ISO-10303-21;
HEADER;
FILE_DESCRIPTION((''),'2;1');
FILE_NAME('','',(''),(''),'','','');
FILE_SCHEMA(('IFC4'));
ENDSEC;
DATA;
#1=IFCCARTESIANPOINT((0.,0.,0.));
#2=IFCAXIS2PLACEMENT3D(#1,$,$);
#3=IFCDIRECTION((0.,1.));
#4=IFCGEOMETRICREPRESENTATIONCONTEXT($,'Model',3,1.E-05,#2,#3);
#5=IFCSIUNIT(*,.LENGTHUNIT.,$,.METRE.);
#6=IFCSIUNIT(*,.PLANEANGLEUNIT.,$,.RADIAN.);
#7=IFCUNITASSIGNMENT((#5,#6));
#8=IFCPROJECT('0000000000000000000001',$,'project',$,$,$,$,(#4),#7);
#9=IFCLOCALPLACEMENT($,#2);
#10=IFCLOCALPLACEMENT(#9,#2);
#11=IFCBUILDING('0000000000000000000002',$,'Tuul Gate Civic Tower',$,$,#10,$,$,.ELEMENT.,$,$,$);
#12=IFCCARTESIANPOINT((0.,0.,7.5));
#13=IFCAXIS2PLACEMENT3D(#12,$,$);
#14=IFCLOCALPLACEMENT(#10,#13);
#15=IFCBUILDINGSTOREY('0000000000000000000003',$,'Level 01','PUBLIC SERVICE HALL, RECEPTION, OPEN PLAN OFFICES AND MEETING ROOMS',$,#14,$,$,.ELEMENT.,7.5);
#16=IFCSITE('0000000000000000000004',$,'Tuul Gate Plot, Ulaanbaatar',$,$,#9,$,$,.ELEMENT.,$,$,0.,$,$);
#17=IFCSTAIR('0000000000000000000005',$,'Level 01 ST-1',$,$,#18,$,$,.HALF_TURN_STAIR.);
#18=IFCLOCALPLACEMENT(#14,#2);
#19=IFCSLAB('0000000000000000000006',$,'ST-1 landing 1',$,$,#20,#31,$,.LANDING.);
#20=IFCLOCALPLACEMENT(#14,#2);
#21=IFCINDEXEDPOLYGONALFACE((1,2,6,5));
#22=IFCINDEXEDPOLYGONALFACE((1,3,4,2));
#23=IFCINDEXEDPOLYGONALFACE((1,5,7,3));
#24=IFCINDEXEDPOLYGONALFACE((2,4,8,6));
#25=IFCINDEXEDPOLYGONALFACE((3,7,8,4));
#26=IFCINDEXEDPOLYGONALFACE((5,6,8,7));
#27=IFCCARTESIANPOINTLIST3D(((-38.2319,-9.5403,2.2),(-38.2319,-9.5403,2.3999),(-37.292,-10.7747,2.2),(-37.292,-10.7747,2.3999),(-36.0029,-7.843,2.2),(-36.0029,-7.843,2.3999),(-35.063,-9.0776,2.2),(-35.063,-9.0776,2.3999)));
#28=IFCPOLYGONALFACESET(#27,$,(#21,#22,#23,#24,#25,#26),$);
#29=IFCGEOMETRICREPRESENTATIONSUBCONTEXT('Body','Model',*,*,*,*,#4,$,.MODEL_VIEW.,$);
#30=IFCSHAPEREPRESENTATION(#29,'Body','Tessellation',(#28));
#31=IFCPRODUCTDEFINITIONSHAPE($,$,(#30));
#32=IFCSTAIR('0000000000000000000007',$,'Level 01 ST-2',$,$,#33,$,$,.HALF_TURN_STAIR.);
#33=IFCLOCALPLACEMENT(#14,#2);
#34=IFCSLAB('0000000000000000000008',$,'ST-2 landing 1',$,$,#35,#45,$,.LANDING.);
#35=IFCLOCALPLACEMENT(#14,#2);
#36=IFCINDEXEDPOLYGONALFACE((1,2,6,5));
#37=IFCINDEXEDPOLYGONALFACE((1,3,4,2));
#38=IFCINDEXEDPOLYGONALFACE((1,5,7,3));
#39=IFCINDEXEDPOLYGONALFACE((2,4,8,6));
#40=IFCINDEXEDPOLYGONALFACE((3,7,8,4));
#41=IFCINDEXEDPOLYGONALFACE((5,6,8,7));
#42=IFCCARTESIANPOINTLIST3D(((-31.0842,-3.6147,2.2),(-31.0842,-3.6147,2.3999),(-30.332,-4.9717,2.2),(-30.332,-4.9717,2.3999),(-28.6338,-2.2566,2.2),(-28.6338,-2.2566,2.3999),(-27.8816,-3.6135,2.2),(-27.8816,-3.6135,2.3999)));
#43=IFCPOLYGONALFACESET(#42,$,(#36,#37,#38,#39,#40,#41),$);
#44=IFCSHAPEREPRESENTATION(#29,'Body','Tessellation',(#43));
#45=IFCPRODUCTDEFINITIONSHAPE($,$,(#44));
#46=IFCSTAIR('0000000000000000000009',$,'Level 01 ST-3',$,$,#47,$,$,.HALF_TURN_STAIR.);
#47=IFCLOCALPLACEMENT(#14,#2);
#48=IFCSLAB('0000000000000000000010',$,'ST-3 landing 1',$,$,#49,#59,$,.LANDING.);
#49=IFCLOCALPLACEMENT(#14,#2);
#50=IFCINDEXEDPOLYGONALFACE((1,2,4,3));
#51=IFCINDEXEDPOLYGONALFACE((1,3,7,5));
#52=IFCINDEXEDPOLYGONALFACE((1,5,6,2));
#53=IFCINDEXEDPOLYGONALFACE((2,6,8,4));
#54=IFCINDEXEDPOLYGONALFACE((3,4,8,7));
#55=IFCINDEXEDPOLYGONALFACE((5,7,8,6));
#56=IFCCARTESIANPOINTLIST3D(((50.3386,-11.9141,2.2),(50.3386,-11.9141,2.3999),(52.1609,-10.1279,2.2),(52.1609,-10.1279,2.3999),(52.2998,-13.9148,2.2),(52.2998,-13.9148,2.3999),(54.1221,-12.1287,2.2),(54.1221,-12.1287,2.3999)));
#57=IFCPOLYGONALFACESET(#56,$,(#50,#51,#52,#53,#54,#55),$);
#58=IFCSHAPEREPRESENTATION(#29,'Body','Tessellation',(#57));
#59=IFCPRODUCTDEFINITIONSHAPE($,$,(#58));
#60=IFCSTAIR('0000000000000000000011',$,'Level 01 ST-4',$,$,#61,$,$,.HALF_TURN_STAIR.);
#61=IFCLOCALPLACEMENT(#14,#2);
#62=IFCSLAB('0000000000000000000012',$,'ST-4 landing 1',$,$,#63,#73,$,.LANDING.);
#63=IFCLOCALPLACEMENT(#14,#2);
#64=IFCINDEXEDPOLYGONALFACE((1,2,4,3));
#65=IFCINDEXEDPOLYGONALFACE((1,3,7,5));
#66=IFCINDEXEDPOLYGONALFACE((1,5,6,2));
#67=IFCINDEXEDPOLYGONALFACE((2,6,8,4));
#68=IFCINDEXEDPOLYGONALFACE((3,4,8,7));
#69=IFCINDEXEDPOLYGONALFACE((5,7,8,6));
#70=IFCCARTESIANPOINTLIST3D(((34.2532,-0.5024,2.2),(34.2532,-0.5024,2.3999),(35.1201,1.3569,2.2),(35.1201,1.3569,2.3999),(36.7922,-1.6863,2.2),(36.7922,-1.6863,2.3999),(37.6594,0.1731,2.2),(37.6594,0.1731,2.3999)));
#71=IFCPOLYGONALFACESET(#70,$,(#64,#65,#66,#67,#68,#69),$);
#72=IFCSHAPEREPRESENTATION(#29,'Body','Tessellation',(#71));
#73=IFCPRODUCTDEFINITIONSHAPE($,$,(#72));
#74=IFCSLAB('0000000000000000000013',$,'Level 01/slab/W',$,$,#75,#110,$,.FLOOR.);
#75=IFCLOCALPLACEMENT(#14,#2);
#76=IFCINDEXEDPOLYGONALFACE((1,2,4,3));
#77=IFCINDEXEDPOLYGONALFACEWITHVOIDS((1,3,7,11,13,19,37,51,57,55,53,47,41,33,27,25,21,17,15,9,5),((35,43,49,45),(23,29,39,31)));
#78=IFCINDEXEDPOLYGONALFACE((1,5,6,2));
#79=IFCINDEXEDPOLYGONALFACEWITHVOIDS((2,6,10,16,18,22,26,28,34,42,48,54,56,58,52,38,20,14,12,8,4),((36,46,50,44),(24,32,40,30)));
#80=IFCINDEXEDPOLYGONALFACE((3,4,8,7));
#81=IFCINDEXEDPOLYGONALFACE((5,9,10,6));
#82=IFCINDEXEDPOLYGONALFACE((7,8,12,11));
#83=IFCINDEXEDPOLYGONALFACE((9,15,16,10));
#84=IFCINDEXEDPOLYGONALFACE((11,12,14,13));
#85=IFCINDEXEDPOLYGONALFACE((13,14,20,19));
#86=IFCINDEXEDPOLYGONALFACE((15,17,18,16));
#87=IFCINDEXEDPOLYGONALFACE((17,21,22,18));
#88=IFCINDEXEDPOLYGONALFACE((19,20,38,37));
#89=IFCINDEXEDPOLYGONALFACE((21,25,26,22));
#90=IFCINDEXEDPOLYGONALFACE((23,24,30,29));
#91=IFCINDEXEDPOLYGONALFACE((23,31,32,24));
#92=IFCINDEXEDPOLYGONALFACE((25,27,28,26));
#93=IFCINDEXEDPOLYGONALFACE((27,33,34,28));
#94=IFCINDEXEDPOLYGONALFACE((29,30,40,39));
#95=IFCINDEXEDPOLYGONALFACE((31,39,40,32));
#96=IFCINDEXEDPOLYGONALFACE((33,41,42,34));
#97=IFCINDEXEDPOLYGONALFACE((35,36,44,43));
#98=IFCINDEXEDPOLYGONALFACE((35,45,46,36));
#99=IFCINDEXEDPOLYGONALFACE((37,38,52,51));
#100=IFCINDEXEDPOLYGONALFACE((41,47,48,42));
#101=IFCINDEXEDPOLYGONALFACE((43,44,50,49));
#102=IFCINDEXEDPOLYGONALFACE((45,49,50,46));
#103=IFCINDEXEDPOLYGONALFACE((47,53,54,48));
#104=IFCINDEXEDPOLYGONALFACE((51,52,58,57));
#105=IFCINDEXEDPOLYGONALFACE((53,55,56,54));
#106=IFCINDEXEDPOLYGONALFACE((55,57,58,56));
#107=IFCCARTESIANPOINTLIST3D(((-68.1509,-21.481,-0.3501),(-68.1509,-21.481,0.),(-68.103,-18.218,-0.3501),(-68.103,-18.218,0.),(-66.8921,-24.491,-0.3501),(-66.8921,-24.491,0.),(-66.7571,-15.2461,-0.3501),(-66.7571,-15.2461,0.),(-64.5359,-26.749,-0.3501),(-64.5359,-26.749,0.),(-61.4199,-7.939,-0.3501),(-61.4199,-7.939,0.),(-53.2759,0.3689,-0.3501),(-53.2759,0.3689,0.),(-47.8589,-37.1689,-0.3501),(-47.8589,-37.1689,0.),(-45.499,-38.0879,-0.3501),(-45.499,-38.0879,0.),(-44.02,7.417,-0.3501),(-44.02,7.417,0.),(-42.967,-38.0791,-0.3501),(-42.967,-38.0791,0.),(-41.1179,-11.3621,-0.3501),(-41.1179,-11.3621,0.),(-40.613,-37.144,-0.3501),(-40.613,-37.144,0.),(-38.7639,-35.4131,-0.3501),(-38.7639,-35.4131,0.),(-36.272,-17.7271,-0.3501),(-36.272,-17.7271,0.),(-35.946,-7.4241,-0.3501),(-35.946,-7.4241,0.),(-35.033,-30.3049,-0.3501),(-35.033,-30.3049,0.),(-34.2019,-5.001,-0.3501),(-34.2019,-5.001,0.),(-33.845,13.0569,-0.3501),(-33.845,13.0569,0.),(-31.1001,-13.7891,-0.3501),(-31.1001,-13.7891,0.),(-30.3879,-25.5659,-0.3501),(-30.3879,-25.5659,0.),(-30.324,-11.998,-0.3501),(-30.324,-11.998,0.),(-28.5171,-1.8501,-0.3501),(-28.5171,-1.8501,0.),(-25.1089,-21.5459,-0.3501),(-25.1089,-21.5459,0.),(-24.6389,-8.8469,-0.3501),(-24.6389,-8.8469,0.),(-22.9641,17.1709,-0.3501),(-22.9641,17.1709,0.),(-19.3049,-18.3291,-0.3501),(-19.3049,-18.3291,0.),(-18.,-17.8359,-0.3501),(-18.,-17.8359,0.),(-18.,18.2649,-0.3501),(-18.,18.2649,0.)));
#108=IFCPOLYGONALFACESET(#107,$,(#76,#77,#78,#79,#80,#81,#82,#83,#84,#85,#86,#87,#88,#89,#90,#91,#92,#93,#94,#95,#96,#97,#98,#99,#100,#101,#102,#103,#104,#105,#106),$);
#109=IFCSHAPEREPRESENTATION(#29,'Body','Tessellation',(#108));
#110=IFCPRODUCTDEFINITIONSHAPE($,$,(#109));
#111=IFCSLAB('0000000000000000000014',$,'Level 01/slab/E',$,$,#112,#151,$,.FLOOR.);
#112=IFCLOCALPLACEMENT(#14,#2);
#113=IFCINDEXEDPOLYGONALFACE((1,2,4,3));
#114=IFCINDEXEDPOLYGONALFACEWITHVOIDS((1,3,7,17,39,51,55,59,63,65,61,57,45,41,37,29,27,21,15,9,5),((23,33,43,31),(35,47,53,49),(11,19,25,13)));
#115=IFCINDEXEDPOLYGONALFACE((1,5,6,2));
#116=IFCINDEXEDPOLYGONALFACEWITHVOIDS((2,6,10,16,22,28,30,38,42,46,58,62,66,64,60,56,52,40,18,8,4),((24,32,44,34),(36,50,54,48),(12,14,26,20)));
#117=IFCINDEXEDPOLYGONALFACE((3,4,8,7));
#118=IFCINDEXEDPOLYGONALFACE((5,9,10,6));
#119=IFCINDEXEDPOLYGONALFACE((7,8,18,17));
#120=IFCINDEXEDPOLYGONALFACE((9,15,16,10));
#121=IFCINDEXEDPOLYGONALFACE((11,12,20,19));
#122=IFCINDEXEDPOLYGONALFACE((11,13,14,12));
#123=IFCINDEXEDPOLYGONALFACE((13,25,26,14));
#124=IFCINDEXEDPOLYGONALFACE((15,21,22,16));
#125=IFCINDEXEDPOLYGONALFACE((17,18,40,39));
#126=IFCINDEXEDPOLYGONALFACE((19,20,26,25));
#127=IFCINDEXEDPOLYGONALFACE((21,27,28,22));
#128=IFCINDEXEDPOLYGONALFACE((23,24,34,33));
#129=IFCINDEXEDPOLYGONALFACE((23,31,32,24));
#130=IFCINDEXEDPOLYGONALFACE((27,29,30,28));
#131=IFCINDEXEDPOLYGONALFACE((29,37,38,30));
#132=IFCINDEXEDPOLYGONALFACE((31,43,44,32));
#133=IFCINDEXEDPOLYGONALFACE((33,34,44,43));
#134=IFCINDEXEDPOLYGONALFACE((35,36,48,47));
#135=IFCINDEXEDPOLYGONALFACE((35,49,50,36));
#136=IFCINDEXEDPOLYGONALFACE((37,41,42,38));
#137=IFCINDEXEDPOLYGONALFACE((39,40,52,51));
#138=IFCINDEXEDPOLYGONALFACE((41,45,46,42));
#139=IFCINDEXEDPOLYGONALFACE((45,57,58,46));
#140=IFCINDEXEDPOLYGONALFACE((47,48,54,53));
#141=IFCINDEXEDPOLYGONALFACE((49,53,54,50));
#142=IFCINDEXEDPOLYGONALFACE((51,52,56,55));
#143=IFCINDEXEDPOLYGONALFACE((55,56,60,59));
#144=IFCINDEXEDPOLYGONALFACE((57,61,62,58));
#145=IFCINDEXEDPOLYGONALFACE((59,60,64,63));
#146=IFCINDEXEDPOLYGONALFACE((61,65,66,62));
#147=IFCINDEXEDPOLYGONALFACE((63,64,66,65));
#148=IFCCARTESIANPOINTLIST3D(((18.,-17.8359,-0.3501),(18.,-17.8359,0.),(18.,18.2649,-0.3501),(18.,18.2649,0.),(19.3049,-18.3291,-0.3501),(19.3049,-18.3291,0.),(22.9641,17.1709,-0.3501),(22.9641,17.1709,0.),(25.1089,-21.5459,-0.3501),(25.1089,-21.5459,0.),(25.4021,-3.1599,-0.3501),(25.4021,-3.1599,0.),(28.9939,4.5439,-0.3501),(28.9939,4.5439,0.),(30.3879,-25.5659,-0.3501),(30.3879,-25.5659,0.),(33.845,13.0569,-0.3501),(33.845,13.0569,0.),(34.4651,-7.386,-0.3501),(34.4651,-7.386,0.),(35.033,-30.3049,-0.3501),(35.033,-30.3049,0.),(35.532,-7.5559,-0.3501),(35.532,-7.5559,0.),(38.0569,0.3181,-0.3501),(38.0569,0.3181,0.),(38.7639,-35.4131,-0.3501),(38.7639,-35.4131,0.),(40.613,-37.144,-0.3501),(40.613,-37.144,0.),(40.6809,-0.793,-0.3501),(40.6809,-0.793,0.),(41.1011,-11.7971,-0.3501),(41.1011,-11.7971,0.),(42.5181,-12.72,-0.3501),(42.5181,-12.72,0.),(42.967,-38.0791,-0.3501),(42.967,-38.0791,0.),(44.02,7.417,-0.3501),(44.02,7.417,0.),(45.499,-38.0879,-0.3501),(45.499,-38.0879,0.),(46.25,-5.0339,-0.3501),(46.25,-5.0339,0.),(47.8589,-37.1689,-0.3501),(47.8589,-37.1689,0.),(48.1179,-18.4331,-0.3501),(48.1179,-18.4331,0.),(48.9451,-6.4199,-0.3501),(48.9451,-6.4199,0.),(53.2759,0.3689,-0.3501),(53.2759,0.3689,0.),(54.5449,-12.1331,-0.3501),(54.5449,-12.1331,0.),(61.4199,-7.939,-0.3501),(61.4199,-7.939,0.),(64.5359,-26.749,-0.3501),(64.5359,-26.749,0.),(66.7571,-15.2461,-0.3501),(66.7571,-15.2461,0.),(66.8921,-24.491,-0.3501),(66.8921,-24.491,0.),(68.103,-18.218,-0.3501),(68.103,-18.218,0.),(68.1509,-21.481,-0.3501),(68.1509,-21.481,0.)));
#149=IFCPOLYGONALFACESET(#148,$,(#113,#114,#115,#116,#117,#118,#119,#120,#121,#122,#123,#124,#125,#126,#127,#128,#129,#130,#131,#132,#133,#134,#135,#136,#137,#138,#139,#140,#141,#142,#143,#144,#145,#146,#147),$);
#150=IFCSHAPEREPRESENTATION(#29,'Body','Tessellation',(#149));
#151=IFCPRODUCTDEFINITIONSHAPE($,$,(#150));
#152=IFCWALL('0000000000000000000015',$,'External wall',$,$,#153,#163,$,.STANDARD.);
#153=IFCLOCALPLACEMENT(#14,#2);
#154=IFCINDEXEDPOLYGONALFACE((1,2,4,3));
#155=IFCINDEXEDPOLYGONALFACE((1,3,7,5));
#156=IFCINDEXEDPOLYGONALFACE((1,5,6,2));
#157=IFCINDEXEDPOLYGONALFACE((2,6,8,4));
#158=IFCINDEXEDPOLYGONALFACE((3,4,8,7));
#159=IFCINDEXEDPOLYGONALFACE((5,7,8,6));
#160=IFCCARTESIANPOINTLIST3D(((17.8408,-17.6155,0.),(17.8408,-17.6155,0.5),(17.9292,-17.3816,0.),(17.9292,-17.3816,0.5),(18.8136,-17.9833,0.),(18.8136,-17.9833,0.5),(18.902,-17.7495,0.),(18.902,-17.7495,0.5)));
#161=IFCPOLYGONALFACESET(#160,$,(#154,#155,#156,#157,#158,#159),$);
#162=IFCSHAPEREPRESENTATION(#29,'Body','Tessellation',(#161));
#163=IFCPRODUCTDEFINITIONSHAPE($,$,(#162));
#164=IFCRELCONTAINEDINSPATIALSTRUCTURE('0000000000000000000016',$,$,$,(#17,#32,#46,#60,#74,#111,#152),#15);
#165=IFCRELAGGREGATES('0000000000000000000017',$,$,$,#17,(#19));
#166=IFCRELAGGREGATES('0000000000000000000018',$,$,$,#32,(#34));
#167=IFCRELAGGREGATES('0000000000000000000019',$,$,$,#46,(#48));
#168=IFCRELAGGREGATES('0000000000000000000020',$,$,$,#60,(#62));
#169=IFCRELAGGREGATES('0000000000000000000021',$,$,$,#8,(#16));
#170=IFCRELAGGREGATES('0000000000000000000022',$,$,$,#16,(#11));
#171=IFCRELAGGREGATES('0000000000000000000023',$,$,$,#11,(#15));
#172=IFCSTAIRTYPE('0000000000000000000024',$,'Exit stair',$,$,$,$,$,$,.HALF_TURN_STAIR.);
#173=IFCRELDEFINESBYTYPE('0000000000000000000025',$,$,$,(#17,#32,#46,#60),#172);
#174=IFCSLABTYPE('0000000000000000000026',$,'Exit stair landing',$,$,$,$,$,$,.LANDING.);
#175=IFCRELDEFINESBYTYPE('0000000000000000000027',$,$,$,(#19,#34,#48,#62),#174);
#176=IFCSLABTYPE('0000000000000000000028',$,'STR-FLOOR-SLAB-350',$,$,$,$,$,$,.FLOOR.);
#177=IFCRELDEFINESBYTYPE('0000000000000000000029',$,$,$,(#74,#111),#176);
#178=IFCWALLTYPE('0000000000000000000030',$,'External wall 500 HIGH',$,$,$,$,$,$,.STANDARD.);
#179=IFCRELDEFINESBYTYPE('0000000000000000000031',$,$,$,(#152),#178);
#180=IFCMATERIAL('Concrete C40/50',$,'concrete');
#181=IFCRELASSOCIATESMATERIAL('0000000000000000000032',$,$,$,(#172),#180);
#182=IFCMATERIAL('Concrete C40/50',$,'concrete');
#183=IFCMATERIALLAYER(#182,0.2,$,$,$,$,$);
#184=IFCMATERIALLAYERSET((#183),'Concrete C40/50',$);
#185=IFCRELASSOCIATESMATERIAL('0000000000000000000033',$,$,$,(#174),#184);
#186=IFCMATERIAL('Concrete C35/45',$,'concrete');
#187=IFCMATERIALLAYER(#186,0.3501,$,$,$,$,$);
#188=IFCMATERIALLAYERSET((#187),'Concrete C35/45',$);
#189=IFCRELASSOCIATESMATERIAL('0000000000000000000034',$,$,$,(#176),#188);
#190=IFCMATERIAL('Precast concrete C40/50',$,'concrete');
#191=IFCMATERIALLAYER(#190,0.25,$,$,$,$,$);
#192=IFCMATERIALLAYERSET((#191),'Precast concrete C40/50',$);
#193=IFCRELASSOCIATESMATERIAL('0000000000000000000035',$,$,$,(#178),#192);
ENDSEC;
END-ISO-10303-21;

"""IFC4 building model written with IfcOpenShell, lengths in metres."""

from ifc_helpers import new_model, si_unit, direction, frame, frame_2d, origin, place, context, subcontext, project, spatial, polyline, rectangle, outline, extrude, material, layer, layer_set, type_object, element, aggregate, save


model = new_model("IFC4")

# Units and contexts
model_context = context("Model", 3, precision=1e-05, world=origin(), true_north=direction((0.0, 1.0)))
body_context = subcontext(model_context, "Body", "Model", "MODEL_VIEW")
ifc_project = project(units=[si_unit("LENGTHUNIT", "METRE"), si_unit("PLANEANGLEUNIT", "RADIAN")], contexts=[model_context])

# Site, building, storey
site_placement = place(None, origin())
site = spatial("IfcSite", under=ifc_project, at=site_placement, Name="Tuul Gate Plot, Ulaanbaatar", CompositionType="ELEMENT", RefElevation=0.0)
building_placement = place(site_placement, origin())
building = spatial("IfcBuilding", under=site, at=building_placement, Name="Tuul Gate Civic Tower", CompositionType="ELEMENT")
storey_placement = place(building_placement, frame((0.0, 0.0, 7.5)))
storey = spatial("IfcBuildingStorey", under=building, at=storey_placement, Name="Level 01", Description="PUBLIC SERVICE HALL, RECEPTION, OPEN PLAN OFFICES AND MEETING ROOMS", CompositionType="ELEMENT", Elevation=7.5)

# Stairs, slabs
ifc_material_1 = material(Name="Concrete C40/50", Category="concrete")
stair_type = type_object("IfcStairType", Name="Exit stair", PredefinedType="HALF_TURN_STAIR", material=ifc_material_1)
stair_1_placement = place(storey_placement, origin())
stair_1 = element("IfcStair", 1, at=stair_1_placement, inside=storey, type_object=stair_type, Name="Level 01 ST-1", PredefinedType="HALF_TURN_STAIR")
ifc_material_2 = material(Name="Concrete C40/50", Category="concrete")
ifc_layer_1 = layer(ifc_material_2, 0.2)
ifc_layer_set_1 = layer_set([ifc_layer_1], Name="Concrete C40/50")
slab_type_1 = type_object("IfcSlabType", Name="Exit stair landing", PredefinedType="LANDING", material=ifc_layer_set_1)
slab_1_placement = place(storey_placement, frame((0.0, 0.0, 2.2)))
slab_1 = element("IfcSlab", 2, at=slab_1_placement, type_object=slab_type_1, Name="ST-1 landing 1", PredefinedType="LANDING", context=body_context, shape_type="SweptSolid", body=[
    extrude(outline(polyline([(-35.063, -9.0776), (-37.292, -10.7747), (-38.2319, -9.5403), (-36.0029, -7.843), (-35.063, -9.0776)])), origin(), (0.0, 0.0, 1.0), 0.2),
])
aggregate(stair_1, [slab_1])
stair_2_placement = place(storey_placement, origin())
stair_2 = element("IfcStair", 3, at=stair_2_placement, inside=storey, type_object=stair_type, Name="Level 01 ST-2", PredefinedType="HALF_TURN_STAIR")
slab_2_placement = place(storey_placement, frame((0.0, 0.0, 2.2)))
slab_2 = element("IfcSlab", 4, at=slab_2_placement, type_object=slab_type_1, Name="ST-2 landing 1", PredefinedType="LANDING", context=body_context, shape_type="SweptSolid", body=[
    extrude(outline(polyline([(-27.8816, -3.6135), (-30.332, -4.9717), (-31.0842, -3.6147), (-28.6338, -2.2566), (-27.8816, -3.6135)])), origin(), (0.0, 0.0, 1.0), 0.2),
])
aggregate(stair_2, [slab_2])
stair_3_placement = place(storey_placement, origin())
stair_3 = element("IfcStair", 5, at=stair_3_placement, inside=storey, type_object=stair_type, Name="Level 01 ST-3", PredefinedType="HALF_TURN_STAIR")
slab_3_placement = place(storey_placement, frame((0.0, 0.0, 2.2)))
slab_3 = element("IfcSlab", 6, at=slab_3_placement, type_object=slab_type_1, Name="ST-3 landing 1", PredefinedType="LANDING", context=body_context, shape_type="SweptSolid", body=[
    extrude(outline(polyline([(52.2998, -13.9148), (50.3386, -11.9141), (52.1609, -10.1279), (54.1221, -12.1287), (52.2998, -13.9148)])), origin(), (0.0, 0.0, 1.0), 0.2),
])
aggregate(stair_3, [slab_3])
stair_4_placement = place(storey_placement, origin())
stair_4 = element("IfcStair", 7, at=stair_4_placement, inside=storey, type_object=stair_type, Name="Level 01 ST-4", PredefinedType="HALF_TURN_STAIR")
slab_4_placement = place(storey_placement, frame((0.0, 0.0, 2.2)))
slab_4 = element("IfcSlab", 8, at=slab_4_placement, type_object=slab_type_1, Name="ST-4 landing 1", PredefinedType="LANDING", context=body_context, shape_type="SweptSolid", body=[
    extrude(outline(polyline([(36.7922, -1.6863), (34.2532, -0.5024), (35.1201, 1.3569), (37.6594, 0.1731), (36.7922, -1.6863)])), origin(), (0.0, 0.0, 1.0), 0.2),
])
aggregate(stair_4, [slab_4])

# Slabs
ifc_material_3 = material(Name="Concrete C35/45", Category="concrete")
ifc_layer_2 = layer(ifc_material_3, 0.3501)
ifc_layer_set_2 = layer_set([ifc_layer_2], Name="Concrete C35/45")
slab_type_2 = type_object("IfcSlabType", Name="STR-FLOOR-SLAB-350", PredefinedType="FLOOR", material=ifc_layer_set_2)
slab_5_placement = place(storey_placement, frame((0.0, 0.0, -0.3501)))
element("IfcSlab", 9, at=slab_5_placement, inside=storey, type_object=slab_type_2, Name="Level 01/slab/W", PredefinedType="FLOOR", context=body_context, shape_type="SweptSolid", body=[
    extrude(outline(polyline([(-25.1089, -21.5459), (-19.3049, -18.3291), (-18.0, -17.8359), (-18.0, 18.2649), (-22.9641, 17.1709), (-33.845, 13.0569), (-44.02, 7.417), (-53.2759, 0.3689), (-61.4199, -7.939), (-66.7571, -15.2461), (-68.103, -18.218), (-68.1509, -21.481), (-66.8921, -24.491), (-64.5359, -26.749), (-47.8589, -37.1689), (-45.499, -38.0879), (-42.967, -38.0791), (-40.613, -37.144), (-38.7639, -35.4131), (-35.033, -30.3049), (-30.3879, -25.5659), (-25.1089, -21.5459)]), holes=[polyline([(-31.1001, -13.7891), (-36.272, -17.7271), (-41.1179, -11.3621), (-35.946, -7.4241), (-31.1001, -13.7891)]), polyline([(-30.324, -11.998), (-34.2019, -5.001), (-28.5171, -1.8501), (-24.6389, -8.8469), (-30.324, -11.998)])]), origin(), (0.0, 0.0, 1.0), 0.3501),
])
slab_6_placement = place(storey_placement, frame((0.0, 0.0, -0.3501)))
element("IfcSlab", 10, at=slab_6_placement, inside=storey, type_object=slab_type_2, Name="Level 01/slab/E", PredefinedType="FLOOR", context=body_context, shape_type="SweptSolid", body=[
    extrude(outline(polyline([(33.845, 13.0569), (22.9641, 17.1709), (18.0, 18.2649), (18.0, -17.8359), (19.3049, -18.3291), (25.1089, -21.5459), (30.3879, -25.5659), (35.033, -30.3049), (38.7639, -35.4131), (40.613, -37.144), (42.967, -38.0791), (45.499, -38.0879), (47.8589, -37.1689), (64.5359, -26.749), (66.8921, -24.491), (68.1509, -21.481), (68.103, -18.218), (66.7571, -15.2461), (61.4199, -7.939), (53.2759, 0.3689), (44.02, 7.417), (33.845, 13.0569)]), holes=[polyline([(42.5181, -12.72), (48.9451, -6.4199), (54.5449, -12.1331), (48.1179, -18.4331), (42.5181, -12.72)]), polyline([(41.1011, -11.7971), (35.532, -7.5559), (40.6809, -0.793), (46.25, -5.0339), (41.1011, -11.7971)]), polyline([(25.4021, -3.1599), (28.9939, 4.5439), (38.0569, 0.3181), (34.4651, -7.386), (25.4021, -3.1599)])]), origin(), (0.0, 0.0, 1.0), 0.3501),
])

# Wall
ifc_material_4 = material(Name="Precast concrete C40/50", Category="concrete")
ifc_layer_3 = layer(ifc_material_4, 0.25)
ifc_layer_set_3 = layer_set([ifc_layer_3], Name="Precast concrete C40/50")
wall_type = type_object("IfcWallType", Name="External wall 500 HIGH", PredefinedType="STANDARD", material=ifc_layer_set_3)
wall_placement = place(storey_placement, frame((17.885, -17.4985, 0.0), z_axis=(0.0, 0.0, 1.0), x_axis=(0.935351, -0.35372, 0.0)))
element("IfcWall", 11, at=wall_placement, inside=storey, type_object=wall_type, Name="External wall", PredefinedType="STANDARD", context=body_context, shape_type="SweptSolid", body=[
    extrude(rectangle(XDim=1.04, YDim=0.25, at=frame_2d((0.52, 0.0))), origin(), (0.0, 0.0, 1.0), 0.5),
])

save(model, "model.ifc")
